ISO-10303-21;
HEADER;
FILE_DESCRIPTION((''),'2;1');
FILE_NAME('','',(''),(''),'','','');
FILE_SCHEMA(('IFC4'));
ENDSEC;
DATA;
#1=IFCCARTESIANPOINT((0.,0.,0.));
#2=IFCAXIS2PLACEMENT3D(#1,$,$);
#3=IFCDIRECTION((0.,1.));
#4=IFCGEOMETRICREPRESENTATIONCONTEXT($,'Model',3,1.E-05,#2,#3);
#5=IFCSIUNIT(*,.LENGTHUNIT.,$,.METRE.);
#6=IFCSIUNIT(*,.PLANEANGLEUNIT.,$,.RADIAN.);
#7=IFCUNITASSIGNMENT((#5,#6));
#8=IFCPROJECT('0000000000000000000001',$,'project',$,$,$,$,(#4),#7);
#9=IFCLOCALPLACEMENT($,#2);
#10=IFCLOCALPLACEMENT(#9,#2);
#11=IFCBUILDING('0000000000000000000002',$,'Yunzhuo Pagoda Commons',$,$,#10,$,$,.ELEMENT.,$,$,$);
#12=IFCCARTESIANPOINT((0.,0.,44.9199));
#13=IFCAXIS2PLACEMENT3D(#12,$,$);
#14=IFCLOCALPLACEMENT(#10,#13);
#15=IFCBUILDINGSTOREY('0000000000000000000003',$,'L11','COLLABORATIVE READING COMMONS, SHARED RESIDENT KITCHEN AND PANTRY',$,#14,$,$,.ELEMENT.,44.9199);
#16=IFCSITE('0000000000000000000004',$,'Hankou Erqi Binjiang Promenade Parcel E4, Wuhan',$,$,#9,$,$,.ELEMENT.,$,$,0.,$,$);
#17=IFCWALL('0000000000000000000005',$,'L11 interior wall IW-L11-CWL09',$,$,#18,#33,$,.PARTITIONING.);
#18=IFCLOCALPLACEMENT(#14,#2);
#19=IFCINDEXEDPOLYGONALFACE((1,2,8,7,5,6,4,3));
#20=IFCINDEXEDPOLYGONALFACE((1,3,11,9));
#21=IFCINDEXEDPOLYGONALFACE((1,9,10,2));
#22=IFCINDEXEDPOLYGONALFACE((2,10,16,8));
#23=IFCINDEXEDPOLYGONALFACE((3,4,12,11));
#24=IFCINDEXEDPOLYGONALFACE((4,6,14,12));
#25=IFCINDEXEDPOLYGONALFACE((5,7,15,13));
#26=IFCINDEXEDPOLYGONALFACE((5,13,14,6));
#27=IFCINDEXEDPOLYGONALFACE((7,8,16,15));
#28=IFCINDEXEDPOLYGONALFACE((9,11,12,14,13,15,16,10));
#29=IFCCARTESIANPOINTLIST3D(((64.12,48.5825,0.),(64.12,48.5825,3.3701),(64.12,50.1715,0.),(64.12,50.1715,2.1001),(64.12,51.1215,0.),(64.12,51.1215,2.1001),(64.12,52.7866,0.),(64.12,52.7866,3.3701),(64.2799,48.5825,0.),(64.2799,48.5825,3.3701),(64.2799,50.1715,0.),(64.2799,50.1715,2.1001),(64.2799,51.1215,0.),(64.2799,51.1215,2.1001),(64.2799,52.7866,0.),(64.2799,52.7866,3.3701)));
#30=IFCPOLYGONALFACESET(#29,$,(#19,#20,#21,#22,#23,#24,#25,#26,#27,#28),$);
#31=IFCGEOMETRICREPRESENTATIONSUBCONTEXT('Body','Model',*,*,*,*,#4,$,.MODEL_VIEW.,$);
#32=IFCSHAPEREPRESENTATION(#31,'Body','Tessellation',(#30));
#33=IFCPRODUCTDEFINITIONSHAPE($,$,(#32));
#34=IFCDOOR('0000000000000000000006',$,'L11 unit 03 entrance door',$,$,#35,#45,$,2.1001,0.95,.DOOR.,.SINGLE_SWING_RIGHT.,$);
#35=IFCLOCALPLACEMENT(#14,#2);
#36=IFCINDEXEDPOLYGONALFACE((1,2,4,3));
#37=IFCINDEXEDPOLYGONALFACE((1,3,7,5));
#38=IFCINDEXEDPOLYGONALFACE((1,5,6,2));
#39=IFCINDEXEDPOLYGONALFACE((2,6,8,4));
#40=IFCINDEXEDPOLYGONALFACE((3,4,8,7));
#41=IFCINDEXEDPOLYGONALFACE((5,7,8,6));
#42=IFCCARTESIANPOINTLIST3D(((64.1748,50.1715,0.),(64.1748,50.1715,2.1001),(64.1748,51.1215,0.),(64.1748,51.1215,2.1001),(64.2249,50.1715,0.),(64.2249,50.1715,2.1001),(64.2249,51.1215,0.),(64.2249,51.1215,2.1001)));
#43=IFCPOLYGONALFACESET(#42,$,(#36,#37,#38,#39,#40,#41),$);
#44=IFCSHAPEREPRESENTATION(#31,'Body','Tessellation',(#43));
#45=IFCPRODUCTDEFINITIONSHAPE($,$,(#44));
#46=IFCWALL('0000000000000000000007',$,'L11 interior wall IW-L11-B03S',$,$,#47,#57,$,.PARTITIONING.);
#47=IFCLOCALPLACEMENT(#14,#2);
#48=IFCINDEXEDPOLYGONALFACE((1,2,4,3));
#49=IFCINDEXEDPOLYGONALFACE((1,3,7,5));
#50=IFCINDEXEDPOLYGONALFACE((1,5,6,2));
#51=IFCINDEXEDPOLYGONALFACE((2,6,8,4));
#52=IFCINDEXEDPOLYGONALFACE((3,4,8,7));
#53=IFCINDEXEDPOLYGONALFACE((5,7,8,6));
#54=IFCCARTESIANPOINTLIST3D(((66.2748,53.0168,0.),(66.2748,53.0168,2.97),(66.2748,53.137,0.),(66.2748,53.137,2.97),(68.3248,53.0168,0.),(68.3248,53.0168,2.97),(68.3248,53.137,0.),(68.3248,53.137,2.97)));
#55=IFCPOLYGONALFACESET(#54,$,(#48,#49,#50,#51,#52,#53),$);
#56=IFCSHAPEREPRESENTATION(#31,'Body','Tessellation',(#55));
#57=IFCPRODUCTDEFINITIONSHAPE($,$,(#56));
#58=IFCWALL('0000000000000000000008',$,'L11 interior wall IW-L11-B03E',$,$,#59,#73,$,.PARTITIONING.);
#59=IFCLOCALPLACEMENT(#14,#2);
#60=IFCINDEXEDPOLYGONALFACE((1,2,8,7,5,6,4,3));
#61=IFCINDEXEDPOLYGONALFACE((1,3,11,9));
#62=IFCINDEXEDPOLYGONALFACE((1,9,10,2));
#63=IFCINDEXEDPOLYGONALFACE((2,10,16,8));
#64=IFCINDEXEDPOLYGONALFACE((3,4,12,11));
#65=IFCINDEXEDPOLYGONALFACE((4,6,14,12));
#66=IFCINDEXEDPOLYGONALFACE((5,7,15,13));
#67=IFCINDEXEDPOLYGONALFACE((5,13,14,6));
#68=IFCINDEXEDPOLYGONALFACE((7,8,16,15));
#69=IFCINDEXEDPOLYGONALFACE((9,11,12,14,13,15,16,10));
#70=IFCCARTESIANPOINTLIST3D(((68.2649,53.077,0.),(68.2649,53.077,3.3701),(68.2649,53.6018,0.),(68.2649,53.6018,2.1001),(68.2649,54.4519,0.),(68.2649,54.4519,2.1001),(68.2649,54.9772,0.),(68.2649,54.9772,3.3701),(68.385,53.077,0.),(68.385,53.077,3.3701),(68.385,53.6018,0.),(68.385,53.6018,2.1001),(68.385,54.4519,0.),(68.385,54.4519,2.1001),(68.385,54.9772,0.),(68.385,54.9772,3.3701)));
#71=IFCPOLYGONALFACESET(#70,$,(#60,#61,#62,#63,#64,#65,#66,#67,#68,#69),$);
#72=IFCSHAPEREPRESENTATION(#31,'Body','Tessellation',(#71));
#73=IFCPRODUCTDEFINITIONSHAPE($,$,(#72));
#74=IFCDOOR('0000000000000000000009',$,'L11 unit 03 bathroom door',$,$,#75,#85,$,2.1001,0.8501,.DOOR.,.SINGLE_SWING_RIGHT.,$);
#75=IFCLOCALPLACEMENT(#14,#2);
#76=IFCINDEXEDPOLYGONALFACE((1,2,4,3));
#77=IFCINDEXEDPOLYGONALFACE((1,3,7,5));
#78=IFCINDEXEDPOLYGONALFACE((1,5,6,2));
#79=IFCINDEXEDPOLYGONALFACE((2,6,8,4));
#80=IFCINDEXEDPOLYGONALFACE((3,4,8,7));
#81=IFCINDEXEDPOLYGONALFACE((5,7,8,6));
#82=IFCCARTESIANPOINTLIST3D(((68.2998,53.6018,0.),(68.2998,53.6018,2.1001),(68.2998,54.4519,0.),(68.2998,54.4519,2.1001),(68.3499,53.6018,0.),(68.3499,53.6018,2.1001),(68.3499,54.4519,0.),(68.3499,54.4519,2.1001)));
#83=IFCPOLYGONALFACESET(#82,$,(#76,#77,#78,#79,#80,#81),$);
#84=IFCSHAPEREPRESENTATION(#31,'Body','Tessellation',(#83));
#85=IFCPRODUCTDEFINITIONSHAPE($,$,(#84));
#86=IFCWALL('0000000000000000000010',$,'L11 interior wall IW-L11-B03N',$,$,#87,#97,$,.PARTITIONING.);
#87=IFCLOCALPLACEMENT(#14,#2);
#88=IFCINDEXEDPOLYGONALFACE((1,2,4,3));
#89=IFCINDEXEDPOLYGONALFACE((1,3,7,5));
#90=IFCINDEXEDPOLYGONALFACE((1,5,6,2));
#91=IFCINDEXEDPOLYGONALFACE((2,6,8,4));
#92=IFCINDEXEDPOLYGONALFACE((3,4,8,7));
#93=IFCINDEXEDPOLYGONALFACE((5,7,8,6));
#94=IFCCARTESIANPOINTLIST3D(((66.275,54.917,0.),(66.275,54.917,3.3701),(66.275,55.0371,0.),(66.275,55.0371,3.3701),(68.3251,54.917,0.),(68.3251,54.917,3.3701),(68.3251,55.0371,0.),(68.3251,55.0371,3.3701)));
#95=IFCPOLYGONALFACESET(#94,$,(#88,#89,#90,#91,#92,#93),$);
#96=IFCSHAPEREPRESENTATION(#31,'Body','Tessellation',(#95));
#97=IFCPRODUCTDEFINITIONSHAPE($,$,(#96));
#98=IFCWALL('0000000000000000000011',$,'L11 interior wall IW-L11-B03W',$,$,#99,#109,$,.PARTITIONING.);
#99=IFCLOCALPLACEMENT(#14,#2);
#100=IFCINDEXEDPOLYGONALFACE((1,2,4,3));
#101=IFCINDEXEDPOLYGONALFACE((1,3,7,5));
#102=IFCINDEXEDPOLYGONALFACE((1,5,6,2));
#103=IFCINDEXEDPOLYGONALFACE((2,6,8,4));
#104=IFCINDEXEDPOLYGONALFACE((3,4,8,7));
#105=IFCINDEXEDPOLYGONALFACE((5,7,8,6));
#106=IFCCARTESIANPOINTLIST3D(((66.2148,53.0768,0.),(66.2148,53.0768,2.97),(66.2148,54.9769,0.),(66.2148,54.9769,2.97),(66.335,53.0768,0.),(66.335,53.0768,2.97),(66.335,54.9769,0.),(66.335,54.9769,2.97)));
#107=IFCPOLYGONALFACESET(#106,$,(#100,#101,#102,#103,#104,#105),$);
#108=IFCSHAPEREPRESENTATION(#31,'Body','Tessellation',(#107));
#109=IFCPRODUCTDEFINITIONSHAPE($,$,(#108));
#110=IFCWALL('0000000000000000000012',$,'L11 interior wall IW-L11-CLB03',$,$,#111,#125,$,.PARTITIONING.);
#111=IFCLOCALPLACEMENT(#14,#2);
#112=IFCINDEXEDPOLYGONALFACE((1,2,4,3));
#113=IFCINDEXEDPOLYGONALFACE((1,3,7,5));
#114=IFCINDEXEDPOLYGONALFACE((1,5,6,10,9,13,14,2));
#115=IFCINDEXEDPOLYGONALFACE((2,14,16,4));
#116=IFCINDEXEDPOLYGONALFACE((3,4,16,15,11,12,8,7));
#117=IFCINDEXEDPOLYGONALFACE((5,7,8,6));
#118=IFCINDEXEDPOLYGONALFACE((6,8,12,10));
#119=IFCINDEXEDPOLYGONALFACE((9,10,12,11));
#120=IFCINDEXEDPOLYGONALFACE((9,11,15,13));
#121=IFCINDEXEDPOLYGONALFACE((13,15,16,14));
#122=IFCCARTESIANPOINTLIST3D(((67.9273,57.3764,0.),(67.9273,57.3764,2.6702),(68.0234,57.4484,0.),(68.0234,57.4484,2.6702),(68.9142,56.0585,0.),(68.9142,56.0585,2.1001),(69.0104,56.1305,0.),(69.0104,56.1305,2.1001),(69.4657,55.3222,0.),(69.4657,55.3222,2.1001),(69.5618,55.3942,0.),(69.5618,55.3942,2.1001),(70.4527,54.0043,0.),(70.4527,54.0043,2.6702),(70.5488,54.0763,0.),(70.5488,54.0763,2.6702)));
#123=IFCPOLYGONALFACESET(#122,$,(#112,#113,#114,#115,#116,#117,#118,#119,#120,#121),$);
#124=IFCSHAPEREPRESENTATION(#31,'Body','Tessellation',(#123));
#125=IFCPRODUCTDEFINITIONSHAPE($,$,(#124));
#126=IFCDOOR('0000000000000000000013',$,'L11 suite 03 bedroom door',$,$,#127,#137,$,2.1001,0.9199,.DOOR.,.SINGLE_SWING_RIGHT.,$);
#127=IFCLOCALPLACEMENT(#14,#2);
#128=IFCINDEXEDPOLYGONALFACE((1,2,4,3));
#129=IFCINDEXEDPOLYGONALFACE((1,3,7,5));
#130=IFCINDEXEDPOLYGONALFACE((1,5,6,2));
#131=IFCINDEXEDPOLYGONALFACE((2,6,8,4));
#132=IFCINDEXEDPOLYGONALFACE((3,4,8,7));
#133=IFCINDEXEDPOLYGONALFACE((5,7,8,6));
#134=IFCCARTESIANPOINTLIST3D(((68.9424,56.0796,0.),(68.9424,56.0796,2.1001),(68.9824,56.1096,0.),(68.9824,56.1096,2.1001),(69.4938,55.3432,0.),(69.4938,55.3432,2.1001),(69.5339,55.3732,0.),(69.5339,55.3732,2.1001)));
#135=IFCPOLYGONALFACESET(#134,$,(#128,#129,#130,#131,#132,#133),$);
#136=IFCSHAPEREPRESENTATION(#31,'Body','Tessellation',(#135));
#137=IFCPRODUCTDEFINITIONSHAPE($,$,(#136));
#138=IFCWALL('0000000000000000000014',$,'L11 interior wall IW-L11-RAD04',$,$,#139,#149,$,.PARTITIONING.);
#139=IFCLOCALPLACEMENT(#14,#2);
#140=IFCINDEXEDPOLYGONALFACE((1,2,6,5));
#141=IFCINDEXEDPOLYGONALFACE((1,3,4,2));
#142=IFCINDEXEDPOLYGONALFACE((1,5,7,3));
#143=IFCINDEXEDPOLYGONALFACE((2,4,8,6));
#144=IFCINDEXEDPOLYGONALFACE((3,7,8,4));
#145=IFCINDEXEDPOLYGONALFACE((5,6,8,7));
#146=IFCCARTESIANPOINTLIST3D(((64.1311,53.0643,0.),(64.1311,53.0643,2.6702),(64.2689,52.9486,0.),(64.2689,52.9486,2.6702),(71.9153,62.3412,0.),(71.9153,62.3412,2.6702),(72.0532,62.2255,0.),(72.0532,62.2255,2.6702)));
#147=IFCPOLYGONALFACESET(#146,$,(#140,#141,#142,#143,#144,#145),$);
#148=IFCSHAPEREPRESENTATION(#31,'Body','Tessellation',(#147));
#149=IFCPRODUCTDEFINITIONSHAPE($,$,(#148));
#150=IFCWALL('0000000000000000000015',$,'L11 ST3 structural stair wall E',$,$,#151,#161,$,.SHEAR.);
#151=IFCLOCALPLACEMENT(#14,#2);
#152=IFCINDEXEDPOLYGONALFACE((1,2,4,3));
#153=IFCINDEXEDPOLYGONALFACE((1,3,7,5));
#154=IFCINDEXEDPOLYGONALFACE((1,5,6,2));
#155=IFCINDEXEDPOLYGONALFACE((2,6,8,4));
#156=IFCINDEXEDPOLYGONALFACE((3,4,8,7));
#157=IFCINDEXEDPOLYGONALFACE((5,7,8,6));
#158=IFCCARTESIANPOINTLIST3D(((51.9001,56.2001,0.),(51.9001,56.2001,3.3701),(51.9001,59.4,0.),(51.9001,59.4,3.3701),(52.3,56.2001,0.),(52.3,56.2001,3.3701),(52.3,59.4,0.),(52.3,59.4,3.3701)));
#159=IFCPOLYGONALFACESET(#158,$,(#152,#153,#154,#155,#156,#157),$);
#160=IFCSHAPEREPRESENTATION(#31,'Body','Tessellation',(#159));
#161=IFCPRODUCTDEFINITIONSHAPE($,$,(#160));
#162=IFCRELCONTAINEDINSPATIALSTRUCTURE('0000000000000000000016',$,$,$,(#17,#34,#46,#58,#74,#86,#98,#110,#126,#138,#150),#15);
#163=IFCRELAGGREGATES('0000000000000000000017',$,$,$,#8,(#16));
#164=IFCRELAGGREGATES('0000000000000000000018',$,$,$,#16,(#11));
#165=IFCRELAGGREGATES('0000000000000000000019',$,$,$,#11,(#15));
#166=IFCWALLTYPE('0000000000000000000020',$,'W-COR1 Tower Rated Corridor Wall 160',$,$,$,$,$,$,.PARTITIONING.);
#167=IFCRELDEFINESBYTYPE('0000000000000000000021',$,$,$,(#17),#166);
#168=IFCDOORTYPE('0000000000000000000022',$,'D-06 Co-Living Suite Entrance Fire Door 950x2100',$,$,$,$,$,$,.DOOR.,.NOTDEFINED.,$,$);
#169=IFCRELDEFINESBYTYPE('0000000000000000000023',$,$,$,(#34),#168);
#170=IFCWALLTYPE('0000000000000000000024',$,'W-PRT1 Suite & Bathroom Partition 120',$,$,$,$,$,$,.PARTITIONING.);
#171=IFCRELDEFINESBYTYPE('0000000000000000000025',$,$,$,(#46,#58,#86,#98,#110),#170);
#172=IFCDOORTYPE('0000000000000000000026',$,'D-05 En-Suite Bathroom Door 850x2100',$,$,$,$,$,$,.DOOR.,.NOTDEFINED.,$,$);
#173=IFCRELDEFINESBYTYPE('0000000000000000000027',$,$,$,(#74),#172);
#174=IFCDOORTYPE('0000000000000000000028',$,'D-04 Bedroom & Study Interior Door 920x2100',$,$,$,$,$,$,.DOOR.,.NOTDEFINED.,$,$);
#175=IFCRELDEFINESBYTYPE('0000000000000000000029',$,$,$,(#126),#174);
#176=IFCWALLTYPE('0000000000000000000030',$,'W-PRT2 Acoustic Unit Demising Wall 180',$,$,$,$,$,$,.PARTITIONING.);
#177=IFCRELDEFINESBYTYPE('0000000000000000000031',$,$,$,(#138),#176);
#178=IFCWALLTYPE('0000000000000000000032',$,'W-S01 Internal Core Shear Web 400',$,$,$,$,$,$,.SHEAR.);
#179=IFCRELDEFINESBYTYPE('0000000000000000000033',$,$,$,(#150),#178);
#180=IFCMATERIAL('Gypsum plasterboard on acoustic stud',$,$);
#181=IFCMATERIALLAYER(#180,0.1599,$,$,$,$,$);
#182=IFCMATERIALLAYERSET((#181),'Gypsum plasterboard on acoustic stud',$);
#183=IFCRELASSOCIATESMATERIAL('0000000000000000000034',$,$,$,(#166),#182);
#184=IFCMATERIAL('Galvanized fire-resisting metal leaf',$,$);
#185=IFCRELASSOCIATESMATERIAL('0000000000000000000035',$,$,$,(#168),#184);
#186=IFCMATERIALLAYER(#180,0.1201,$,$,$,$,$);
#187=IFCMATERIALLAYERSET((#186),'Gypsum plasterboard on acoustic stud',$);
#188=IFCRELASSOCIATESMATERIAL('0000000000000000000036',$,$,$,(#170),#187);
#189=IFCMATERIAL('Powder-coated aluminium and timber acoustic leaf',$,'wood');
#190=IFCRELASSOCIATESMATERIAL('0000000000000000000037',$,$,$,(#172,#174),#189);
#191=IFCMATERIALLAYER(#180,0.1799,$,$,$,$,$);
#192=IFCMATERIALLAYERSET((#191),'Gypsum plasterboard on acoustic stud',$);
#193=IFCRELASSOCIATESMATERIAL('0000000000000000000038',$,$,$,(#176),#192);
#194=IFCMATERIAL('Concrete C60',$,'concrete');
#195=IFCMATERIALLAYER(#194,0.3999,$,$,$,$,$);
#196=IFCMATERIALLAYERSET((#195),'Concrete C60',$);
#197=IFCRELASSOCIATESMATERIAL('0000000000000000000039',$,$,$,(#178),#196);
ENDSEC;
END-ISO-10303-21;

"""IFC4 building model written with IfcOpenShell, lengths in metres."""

from ifc_helpers import new_model, si_unit, direction, frame, frame_2d, origin, origin_with_axes, place, context, subcontext, project, spatial, rectangle, extrude, source, transform, mapped, material, layer, layer_set, type_object, element, fill, save


model = new_model("IFC4")

# Units and contexts
model_context = context("Model", 3, precision=1e-05, world=origin(), true_north=direction((0.0, 1.0)))
body_context = subcontext(model_context, "Body", "Model", "MODEL_VIEW")
ifc_project = project(units=[si_unit("LENGTHUNIT", "METRE"), si_unit("PLANEANGLEUNIT", "RADIAN")], contexts=[model_context])

# Site, building, storey
site_placement = place(None, origin())
site = spatial("IfcSite", under=ifc_project, at=site_placement, Name="Hankou Erqi Binjiang Promenade Parcel E4, Wuhan", CompositionType="ELEMENT", RefElevation=0.0)
building_placement = place(site_placement, origin())
building = spatial("IfcBuilding", under=site, at=building_placement, Name="Yunzhuo Pagoda Commons", CompositionType="ELEMENT")
storey_placement = place(building_placement, frame((0.0, 0.0, 44.9199)))
storey = spatial("IfcBuildingStorey", under=building, at=storey_placement, Name="L11", Description="COLLABORATIVE READING COMMONS, SHARED RESIDENT KITCHEN AND PANTRY", CompositionType="ELEMENT", Elevation=44.9199)

# Shared definitions
ifc_material_1 = material(Name="Gypsum plasterboard on acoustic stud")
ifc_layer_1 = layer(ifc_material_1, 0.1599)
ifc_layer_set_1 = layer_set([ifc_layer_1], Name="Gypsum plasterboard on acoustic stud")
wall_type_1 = type_object("IfcWallType", Name="W-COR1 Tower Rated Corridor Wall 160", PredefinedType="PARTITIONING", material=ifc_layer_set_1)
ifc_material_2 = material(Name="Galvanized fire-resisting metal leaf")
door_type_1 = type_object("IfcDoorType", Name="D-06 Co-Living Suite Entrance Fire Door 950x2100", OperationType="NOTDEFINED", PredefinedType="DOOR", material=ifc_material_2)
shared_shape_1 = source(origin(), body_context, "Body", "SweptSolid", [
    extrude(rectangle(XDim=0.95, YDim=2.1001, at=frame_2d((0.4751, 1.05))), frame((0.0, 0.0249, 0.0), z_axis=(0.0, -1.0, 0.0), x_axis=(1.0, 0.0, 0.0)), (0.0, 0.0, 1.0), 0.05),
])

# Wall, opening, door
wall_1_placement = place(storey_placement, frame((64.2, 52.7866, 0.0), z_axis=(0.0, 0.0, 1.0), x_axis=(0.0, -1.0, 0.0)))
wall_1 = element("IfcWall", 1, at=wall_1_placement, inside=storey, type_object=wall_type_1, Name="L11 interior wall IW-L11-CWL09", PredefinedType="PARTITIONING", context=body_context, shape_type="SweptSolid", body=[
    extrude(rectangle(XDim=4.2041, YDim=0.1599, at=frame_2d((2.1021, 0.0))), origin(), (0.0, 0.0, 1.0), 3.3701),
])
opening_1_placement = place(wall_1_placement, frame((1.665, 0.0, 0.0)))
opening_1 = element("IfcOpeningElement", 2, at=opening_1_placement, cuts=wall_1, PredefinedType="OPENING", context=body_context, shape_type="SweptSolid", body=[
    extrude(rectangle(XDim=0.95, YDim=2.1001, at=frame_2d((0.4751, 1.05))), frame((0.0, 0.0898, 0.0), z_axis=(0.0, -1.0, 0.0), x_axis=(1.0, 0.0, 0.0)), (0.0, 0.0, 1.0), 0.1799),
])
door_1_placement = place(opening_1_placement, origin_with_axes())
door_1 = element("IfcDoor", 3, at=door_1_placement, inside=storey, type_object=door_type_1, Name="L11 unit 03 entrance door", OperationType="SINGLE_SWING_RIGHT", OverallHeight=2.1001, OverallWidth=0.95, PredefinedType="DOOR", context=body_context, shape_type="MappedRepresentation", body=[
    mapped(shared_shape_1, transform((0.0, 0.0, 0.0), scale=1.0)),
])
fill(opening_1, door_1)

# Wall
ifc_layer_2 = layer(ifc_material_1, 0.1201)
ifc_layer_set_2 = layer_set([ifc_layer_2], Name="Gypsum plasterboard on acoustic stud")
wall_type_2 = type_object("IfcWallType", Name="W-PRT1 Suite & Bathroom Partition 120", PredefinedType="PARTITIONING", material=ifc_layer_set_2)
wall_2_placement = place(storey_placement, frame((66.2749, 53.0769, 0.0), z_axis=(0.0, 0.0, 1.0), x_axis=(1.0, 0.0, 0.0)))
element("IfcWall", 4, at=wall_2_placement, inside=storey, type_object=wall_type_2, Name="L11 interior wall IW-L11-B03S", PredefinedType="PARTITIONING", context=body_context, shape_type="SweptSolid", body=[
    extrude(rectangle(XDim=2.05, YDim=0.1201, at=frame_2d((1.0249, 0.0))), origin(), (0.0, 0.0, 1.0), 2.97),
])

# Wall, opening, door
wall_3_placement = place(storey_placement, frame((68.325, 53.0769, 0.0), z_axis=(0.0, 0.0, 1.0), x_axis=(0.0, 1.0, 0.0)))
wall_3 = element("IfcWall", 5, at=wall_3_placement, inside=storey, type_object=wall_type_2, Name="L11 interior wall IW-L11-B03E", PredefinedType="PARTITIONING", context=body_context, shape_type="SweptSolid", body=[
    extrude(rectangle(XDim=1.9001, YDim=0.1201, at=frame_2d((0.9502, 0.0))), origin(), (0.0, 0.0, 1.0), 3.3701),
])
opening_2_placement = place(wall_3_placement, frame((0.5249, 0.0, 0.0)))
opening_2 = element("IfcOpeningElement", 6, at=opening_2_placement, cuts=wall_3, PredefinedType="OPENING", context=body_context, shape_type="SweptSolid", body=[
    extrude(rectangle(XDim=0.8501, YDim=2.1001, at=frame_2d((0.425, 1.05))), frame((0.0, 0.0701, 0.0), z_axis=(0.0, -1.0, 0.0), x_axis=(1.0, 0.0, 0.0)), (0.0, 0.0, 1.0), 0.1401),
])
ifc_material_3 = material(Name="Powder-coated aluminium and timber acoustic leaf", Category="wood")
door_type_2 = type_object("IfcDoorType", Name="D-05 En-Suite Bathroom Door 850x2100", OperationType="NOTDEFINED", PredefinedType="DOOR", material=ifc_material_3)
shared_shape_2 = source(origin(), body_context, "Body", "SweptSolid", [
    extrude(rectangle(XDim=0.8501, YDim=2.1001, at=frame_2d((0.425, 1.05))), frame((0.0, 0.0249, 0.0), z_axis=(0.0, -1.0, 0.0), x_axis=(1.0, 0.0, 0.0)), (0.0, 0.0, 1.0), 0.05),
])
door_2_placement = place(opening_2_placement, frame((0.8501, 0.0, 0.0), z_axis=(0.0, 0.0, 1.0), x_axis=(-1.0, 0.0, 0.0)))
door_2 = element("IfcDoor", 7, at=door_2_placement, inside=storey, type_object=door_type_2, Name="L11 unit 03 bathroom door", OperationType="SINGLE_SWING_RIGHT", OverallHeight=2.1001, OverallWidth=0.8501, PredefinedType="DOOR", context=body_context, shape_type="MappedRepresentation", body=[
    mapped(shared_shape_2, transform((0.0, 0.0, 0.0), scale=1.0)),
])
fill(opening_2, door_2)

# Walls
wall_4_placement = place(storey_placement, frame((68.325, 54.9771, 0.0), z_axis=(0.0, 0.0, 1.0), x_axis=(-1.0, 0.0, 0.0)))
element("IfcWall", 8, at=wall_4_placement, inside=storey, type_object=wall_type_2, Name="L11 interior wall IW-L11-B03N", PredefinedType="PARTITIONING", context=body_context, shape_type="SweptSolid", body=[
    extrude(rectangle(XDim=2.05, YDim=0.1201, at=frame_2d((1.0249, 0.0))), origin(), (0.0, 0.0, 1.0), 3.3701),
])
wall_5_placement = place(storey_placement, frame((66.2749, 54.9771, 0.0), z_axis=(0.0, 0.0, 1.0), x_axis=(0.0, -1.0, 0.0)))
element("IfcWall", 9, at=wall_5_placement, inside=storey, type_object=wall_type_2, Name="L11 interior wall IW-L11-B03W", PredefinedType="PARTITIONING", context=body_context, shape_type="SweptSolid", body=[
    extrude(rectangle(XDim=1.9001, YDim=0.1201, at=frame_2d((0.9502, 0.0))), origin(), (0.0, 0.0, 1.0), 2.97),
])

# Wall, opening, door
wall_6_placement = place(storey_placement, frame((70.5007, 54.0403, 0.0), z_axis=(0.0, 0.0, 1.0), x_axis=(-0.599444, 0.800417, 0.0)))
wall_6 = element("IfcWall", 10, at=wall_6_placement, inside=storey, type_object=wall_type_2, Name="L11 interior wall IW-L11-CLB03", PredefinedType="PARTITIONING", context=body_context, shape_type="SweptSolid", body=[
    extrude(rectangle(XDim=4.2129, YDim=0.1201, at=frame_2d((2.1064, 0.0))), origin(), (0.0, 0.0, 1.0), 2.6702),
])
opening_3_placement = place(wall_6_placement, frame((1.6465, 0.0, 0.0)))
opening_3 = element("IfcOpeningElement", 11, at=opening_3_placement, cuts=wall_6, PredefinedType="OPENING", context=body_context, shape_type="SweptSolid", body=[
    extrude(rectangle(XDim=0.9199, YDim=2.1001, at=frame_2d((0.46, 1.05))), frame((0.0, 0.0701, 0.0), z_axis=(0.0, -1.0, 0.0), x_axis=(1.0, 0.0, 0.0)), (0.0, 0.0, 1.0), 0.1401),
])
door_type_3 = type_object("IfcDoorType", Name="D-04 Bedroom & Study Interior Door 920x2100", OperationType="NOTDEFINED", PredefinedType="DOOR", material=ifc_material_3)
shared_shape_3 = source(origin(), body_context, "Body", "SweptSolid", [
    extrude(rectangle(XDim=0.9199, YDim=2.1001, at=frame_2d((0.46, 1.05))), frame((0.0, 0.0249, 0.0), z_axis=(0.0, -1.0, 0.0), x_axis=(1.0, 0.0, 0.0)), (0.0, 0.0, 1.0), 0.05),
])
door_3_placement = place(opening_3_placement, origin_with_axes())
door_3 = element("IfcDoor", 12, at=door_3_placement, inside=storey, type_object=door_type_3, Name="L11 suite 03 bedroom door", OperationType="SINGLE_SWING_RIGHT", OverallHeight=2.1001, OverallWidth=0.9199, PredefinedType="DOOR", context=body_context, shape_type="MappedRepresentation", body=[
    mapped(shared_shape_3, transform((0.0, 0.0, 0.0), scale=1.0)),
])
fill(opening_3, door_3)

# Walls
ifc_layer_3 = layer(ifc_material_1, 0.1799)
ifc_layer_set_3 = layer_set([ifc_layer_3], Name="Gypsum plasterboard on acoustic stud")
wall_type_3 = type_object("IfcWallType", Name="W-PRT2 Acoustic Unit Demising Wall 180", PredefinedType="PARTITIONING", material=ifc_layer_set_3)
wall_7_placement = place(storey_placement, frame((64.2, 53.0063, 0.0), z_axis=(0.0, 0.0, 1.0), x_axis=(0.642786, 0.766046, 0.0)))
element("IfcWall", 13, at=wall_7_placement, inside=storey, type_object=wall_type_3, Name="L11 interior wall IW-L11-RAD04", PredefinedType="PARTITIONING", context=body_context, shape_type="SweptSolid", body=[
    extrude(rectangle(XDim=12.1101, YDim=0.1799, at=frame_2d((6.0552, 0.0))), origin(), (0.0, 0.0, 1.0), 2.6702),
])
ifc_material_4 = material(Name="Concrete C60", Category="concrete")
ifc_layer_4 = layer(ifc_material_4, 0.3999)
ifc_layer_set_4 = layer_set([ifc_layer_4], Name="Concrete C60")
wall_type_4 = type_object("IfcWallType", Name="W-S01 Internal Core Shear Web 400", PredefinedType="SHEAR", material=ifc_layer_set_4)
wall_8_placement = place(storey_placement, frame((52.1001, 56.2, 0.0), z_axis=(0.0, 0.0, 1.0), x_axis=(0.0, 1.0, 0.0)))
element("IfcWall", 14, at=wall_8_placement, inside=storey, type_object=wall_type_4, Name="L11 ST3 structural stair wall E", PredefinedType="SHEAR", context=body_context, shape_type="SweptSolid", body=[
    extrude(rectangle(XDim=3.2, YDim=0.3999, at=frame_2d((1.6001, 0.0))), origin(), (0.0, 0.0, 1.0), 3.3701),
])

save(model, "model.ifc")
